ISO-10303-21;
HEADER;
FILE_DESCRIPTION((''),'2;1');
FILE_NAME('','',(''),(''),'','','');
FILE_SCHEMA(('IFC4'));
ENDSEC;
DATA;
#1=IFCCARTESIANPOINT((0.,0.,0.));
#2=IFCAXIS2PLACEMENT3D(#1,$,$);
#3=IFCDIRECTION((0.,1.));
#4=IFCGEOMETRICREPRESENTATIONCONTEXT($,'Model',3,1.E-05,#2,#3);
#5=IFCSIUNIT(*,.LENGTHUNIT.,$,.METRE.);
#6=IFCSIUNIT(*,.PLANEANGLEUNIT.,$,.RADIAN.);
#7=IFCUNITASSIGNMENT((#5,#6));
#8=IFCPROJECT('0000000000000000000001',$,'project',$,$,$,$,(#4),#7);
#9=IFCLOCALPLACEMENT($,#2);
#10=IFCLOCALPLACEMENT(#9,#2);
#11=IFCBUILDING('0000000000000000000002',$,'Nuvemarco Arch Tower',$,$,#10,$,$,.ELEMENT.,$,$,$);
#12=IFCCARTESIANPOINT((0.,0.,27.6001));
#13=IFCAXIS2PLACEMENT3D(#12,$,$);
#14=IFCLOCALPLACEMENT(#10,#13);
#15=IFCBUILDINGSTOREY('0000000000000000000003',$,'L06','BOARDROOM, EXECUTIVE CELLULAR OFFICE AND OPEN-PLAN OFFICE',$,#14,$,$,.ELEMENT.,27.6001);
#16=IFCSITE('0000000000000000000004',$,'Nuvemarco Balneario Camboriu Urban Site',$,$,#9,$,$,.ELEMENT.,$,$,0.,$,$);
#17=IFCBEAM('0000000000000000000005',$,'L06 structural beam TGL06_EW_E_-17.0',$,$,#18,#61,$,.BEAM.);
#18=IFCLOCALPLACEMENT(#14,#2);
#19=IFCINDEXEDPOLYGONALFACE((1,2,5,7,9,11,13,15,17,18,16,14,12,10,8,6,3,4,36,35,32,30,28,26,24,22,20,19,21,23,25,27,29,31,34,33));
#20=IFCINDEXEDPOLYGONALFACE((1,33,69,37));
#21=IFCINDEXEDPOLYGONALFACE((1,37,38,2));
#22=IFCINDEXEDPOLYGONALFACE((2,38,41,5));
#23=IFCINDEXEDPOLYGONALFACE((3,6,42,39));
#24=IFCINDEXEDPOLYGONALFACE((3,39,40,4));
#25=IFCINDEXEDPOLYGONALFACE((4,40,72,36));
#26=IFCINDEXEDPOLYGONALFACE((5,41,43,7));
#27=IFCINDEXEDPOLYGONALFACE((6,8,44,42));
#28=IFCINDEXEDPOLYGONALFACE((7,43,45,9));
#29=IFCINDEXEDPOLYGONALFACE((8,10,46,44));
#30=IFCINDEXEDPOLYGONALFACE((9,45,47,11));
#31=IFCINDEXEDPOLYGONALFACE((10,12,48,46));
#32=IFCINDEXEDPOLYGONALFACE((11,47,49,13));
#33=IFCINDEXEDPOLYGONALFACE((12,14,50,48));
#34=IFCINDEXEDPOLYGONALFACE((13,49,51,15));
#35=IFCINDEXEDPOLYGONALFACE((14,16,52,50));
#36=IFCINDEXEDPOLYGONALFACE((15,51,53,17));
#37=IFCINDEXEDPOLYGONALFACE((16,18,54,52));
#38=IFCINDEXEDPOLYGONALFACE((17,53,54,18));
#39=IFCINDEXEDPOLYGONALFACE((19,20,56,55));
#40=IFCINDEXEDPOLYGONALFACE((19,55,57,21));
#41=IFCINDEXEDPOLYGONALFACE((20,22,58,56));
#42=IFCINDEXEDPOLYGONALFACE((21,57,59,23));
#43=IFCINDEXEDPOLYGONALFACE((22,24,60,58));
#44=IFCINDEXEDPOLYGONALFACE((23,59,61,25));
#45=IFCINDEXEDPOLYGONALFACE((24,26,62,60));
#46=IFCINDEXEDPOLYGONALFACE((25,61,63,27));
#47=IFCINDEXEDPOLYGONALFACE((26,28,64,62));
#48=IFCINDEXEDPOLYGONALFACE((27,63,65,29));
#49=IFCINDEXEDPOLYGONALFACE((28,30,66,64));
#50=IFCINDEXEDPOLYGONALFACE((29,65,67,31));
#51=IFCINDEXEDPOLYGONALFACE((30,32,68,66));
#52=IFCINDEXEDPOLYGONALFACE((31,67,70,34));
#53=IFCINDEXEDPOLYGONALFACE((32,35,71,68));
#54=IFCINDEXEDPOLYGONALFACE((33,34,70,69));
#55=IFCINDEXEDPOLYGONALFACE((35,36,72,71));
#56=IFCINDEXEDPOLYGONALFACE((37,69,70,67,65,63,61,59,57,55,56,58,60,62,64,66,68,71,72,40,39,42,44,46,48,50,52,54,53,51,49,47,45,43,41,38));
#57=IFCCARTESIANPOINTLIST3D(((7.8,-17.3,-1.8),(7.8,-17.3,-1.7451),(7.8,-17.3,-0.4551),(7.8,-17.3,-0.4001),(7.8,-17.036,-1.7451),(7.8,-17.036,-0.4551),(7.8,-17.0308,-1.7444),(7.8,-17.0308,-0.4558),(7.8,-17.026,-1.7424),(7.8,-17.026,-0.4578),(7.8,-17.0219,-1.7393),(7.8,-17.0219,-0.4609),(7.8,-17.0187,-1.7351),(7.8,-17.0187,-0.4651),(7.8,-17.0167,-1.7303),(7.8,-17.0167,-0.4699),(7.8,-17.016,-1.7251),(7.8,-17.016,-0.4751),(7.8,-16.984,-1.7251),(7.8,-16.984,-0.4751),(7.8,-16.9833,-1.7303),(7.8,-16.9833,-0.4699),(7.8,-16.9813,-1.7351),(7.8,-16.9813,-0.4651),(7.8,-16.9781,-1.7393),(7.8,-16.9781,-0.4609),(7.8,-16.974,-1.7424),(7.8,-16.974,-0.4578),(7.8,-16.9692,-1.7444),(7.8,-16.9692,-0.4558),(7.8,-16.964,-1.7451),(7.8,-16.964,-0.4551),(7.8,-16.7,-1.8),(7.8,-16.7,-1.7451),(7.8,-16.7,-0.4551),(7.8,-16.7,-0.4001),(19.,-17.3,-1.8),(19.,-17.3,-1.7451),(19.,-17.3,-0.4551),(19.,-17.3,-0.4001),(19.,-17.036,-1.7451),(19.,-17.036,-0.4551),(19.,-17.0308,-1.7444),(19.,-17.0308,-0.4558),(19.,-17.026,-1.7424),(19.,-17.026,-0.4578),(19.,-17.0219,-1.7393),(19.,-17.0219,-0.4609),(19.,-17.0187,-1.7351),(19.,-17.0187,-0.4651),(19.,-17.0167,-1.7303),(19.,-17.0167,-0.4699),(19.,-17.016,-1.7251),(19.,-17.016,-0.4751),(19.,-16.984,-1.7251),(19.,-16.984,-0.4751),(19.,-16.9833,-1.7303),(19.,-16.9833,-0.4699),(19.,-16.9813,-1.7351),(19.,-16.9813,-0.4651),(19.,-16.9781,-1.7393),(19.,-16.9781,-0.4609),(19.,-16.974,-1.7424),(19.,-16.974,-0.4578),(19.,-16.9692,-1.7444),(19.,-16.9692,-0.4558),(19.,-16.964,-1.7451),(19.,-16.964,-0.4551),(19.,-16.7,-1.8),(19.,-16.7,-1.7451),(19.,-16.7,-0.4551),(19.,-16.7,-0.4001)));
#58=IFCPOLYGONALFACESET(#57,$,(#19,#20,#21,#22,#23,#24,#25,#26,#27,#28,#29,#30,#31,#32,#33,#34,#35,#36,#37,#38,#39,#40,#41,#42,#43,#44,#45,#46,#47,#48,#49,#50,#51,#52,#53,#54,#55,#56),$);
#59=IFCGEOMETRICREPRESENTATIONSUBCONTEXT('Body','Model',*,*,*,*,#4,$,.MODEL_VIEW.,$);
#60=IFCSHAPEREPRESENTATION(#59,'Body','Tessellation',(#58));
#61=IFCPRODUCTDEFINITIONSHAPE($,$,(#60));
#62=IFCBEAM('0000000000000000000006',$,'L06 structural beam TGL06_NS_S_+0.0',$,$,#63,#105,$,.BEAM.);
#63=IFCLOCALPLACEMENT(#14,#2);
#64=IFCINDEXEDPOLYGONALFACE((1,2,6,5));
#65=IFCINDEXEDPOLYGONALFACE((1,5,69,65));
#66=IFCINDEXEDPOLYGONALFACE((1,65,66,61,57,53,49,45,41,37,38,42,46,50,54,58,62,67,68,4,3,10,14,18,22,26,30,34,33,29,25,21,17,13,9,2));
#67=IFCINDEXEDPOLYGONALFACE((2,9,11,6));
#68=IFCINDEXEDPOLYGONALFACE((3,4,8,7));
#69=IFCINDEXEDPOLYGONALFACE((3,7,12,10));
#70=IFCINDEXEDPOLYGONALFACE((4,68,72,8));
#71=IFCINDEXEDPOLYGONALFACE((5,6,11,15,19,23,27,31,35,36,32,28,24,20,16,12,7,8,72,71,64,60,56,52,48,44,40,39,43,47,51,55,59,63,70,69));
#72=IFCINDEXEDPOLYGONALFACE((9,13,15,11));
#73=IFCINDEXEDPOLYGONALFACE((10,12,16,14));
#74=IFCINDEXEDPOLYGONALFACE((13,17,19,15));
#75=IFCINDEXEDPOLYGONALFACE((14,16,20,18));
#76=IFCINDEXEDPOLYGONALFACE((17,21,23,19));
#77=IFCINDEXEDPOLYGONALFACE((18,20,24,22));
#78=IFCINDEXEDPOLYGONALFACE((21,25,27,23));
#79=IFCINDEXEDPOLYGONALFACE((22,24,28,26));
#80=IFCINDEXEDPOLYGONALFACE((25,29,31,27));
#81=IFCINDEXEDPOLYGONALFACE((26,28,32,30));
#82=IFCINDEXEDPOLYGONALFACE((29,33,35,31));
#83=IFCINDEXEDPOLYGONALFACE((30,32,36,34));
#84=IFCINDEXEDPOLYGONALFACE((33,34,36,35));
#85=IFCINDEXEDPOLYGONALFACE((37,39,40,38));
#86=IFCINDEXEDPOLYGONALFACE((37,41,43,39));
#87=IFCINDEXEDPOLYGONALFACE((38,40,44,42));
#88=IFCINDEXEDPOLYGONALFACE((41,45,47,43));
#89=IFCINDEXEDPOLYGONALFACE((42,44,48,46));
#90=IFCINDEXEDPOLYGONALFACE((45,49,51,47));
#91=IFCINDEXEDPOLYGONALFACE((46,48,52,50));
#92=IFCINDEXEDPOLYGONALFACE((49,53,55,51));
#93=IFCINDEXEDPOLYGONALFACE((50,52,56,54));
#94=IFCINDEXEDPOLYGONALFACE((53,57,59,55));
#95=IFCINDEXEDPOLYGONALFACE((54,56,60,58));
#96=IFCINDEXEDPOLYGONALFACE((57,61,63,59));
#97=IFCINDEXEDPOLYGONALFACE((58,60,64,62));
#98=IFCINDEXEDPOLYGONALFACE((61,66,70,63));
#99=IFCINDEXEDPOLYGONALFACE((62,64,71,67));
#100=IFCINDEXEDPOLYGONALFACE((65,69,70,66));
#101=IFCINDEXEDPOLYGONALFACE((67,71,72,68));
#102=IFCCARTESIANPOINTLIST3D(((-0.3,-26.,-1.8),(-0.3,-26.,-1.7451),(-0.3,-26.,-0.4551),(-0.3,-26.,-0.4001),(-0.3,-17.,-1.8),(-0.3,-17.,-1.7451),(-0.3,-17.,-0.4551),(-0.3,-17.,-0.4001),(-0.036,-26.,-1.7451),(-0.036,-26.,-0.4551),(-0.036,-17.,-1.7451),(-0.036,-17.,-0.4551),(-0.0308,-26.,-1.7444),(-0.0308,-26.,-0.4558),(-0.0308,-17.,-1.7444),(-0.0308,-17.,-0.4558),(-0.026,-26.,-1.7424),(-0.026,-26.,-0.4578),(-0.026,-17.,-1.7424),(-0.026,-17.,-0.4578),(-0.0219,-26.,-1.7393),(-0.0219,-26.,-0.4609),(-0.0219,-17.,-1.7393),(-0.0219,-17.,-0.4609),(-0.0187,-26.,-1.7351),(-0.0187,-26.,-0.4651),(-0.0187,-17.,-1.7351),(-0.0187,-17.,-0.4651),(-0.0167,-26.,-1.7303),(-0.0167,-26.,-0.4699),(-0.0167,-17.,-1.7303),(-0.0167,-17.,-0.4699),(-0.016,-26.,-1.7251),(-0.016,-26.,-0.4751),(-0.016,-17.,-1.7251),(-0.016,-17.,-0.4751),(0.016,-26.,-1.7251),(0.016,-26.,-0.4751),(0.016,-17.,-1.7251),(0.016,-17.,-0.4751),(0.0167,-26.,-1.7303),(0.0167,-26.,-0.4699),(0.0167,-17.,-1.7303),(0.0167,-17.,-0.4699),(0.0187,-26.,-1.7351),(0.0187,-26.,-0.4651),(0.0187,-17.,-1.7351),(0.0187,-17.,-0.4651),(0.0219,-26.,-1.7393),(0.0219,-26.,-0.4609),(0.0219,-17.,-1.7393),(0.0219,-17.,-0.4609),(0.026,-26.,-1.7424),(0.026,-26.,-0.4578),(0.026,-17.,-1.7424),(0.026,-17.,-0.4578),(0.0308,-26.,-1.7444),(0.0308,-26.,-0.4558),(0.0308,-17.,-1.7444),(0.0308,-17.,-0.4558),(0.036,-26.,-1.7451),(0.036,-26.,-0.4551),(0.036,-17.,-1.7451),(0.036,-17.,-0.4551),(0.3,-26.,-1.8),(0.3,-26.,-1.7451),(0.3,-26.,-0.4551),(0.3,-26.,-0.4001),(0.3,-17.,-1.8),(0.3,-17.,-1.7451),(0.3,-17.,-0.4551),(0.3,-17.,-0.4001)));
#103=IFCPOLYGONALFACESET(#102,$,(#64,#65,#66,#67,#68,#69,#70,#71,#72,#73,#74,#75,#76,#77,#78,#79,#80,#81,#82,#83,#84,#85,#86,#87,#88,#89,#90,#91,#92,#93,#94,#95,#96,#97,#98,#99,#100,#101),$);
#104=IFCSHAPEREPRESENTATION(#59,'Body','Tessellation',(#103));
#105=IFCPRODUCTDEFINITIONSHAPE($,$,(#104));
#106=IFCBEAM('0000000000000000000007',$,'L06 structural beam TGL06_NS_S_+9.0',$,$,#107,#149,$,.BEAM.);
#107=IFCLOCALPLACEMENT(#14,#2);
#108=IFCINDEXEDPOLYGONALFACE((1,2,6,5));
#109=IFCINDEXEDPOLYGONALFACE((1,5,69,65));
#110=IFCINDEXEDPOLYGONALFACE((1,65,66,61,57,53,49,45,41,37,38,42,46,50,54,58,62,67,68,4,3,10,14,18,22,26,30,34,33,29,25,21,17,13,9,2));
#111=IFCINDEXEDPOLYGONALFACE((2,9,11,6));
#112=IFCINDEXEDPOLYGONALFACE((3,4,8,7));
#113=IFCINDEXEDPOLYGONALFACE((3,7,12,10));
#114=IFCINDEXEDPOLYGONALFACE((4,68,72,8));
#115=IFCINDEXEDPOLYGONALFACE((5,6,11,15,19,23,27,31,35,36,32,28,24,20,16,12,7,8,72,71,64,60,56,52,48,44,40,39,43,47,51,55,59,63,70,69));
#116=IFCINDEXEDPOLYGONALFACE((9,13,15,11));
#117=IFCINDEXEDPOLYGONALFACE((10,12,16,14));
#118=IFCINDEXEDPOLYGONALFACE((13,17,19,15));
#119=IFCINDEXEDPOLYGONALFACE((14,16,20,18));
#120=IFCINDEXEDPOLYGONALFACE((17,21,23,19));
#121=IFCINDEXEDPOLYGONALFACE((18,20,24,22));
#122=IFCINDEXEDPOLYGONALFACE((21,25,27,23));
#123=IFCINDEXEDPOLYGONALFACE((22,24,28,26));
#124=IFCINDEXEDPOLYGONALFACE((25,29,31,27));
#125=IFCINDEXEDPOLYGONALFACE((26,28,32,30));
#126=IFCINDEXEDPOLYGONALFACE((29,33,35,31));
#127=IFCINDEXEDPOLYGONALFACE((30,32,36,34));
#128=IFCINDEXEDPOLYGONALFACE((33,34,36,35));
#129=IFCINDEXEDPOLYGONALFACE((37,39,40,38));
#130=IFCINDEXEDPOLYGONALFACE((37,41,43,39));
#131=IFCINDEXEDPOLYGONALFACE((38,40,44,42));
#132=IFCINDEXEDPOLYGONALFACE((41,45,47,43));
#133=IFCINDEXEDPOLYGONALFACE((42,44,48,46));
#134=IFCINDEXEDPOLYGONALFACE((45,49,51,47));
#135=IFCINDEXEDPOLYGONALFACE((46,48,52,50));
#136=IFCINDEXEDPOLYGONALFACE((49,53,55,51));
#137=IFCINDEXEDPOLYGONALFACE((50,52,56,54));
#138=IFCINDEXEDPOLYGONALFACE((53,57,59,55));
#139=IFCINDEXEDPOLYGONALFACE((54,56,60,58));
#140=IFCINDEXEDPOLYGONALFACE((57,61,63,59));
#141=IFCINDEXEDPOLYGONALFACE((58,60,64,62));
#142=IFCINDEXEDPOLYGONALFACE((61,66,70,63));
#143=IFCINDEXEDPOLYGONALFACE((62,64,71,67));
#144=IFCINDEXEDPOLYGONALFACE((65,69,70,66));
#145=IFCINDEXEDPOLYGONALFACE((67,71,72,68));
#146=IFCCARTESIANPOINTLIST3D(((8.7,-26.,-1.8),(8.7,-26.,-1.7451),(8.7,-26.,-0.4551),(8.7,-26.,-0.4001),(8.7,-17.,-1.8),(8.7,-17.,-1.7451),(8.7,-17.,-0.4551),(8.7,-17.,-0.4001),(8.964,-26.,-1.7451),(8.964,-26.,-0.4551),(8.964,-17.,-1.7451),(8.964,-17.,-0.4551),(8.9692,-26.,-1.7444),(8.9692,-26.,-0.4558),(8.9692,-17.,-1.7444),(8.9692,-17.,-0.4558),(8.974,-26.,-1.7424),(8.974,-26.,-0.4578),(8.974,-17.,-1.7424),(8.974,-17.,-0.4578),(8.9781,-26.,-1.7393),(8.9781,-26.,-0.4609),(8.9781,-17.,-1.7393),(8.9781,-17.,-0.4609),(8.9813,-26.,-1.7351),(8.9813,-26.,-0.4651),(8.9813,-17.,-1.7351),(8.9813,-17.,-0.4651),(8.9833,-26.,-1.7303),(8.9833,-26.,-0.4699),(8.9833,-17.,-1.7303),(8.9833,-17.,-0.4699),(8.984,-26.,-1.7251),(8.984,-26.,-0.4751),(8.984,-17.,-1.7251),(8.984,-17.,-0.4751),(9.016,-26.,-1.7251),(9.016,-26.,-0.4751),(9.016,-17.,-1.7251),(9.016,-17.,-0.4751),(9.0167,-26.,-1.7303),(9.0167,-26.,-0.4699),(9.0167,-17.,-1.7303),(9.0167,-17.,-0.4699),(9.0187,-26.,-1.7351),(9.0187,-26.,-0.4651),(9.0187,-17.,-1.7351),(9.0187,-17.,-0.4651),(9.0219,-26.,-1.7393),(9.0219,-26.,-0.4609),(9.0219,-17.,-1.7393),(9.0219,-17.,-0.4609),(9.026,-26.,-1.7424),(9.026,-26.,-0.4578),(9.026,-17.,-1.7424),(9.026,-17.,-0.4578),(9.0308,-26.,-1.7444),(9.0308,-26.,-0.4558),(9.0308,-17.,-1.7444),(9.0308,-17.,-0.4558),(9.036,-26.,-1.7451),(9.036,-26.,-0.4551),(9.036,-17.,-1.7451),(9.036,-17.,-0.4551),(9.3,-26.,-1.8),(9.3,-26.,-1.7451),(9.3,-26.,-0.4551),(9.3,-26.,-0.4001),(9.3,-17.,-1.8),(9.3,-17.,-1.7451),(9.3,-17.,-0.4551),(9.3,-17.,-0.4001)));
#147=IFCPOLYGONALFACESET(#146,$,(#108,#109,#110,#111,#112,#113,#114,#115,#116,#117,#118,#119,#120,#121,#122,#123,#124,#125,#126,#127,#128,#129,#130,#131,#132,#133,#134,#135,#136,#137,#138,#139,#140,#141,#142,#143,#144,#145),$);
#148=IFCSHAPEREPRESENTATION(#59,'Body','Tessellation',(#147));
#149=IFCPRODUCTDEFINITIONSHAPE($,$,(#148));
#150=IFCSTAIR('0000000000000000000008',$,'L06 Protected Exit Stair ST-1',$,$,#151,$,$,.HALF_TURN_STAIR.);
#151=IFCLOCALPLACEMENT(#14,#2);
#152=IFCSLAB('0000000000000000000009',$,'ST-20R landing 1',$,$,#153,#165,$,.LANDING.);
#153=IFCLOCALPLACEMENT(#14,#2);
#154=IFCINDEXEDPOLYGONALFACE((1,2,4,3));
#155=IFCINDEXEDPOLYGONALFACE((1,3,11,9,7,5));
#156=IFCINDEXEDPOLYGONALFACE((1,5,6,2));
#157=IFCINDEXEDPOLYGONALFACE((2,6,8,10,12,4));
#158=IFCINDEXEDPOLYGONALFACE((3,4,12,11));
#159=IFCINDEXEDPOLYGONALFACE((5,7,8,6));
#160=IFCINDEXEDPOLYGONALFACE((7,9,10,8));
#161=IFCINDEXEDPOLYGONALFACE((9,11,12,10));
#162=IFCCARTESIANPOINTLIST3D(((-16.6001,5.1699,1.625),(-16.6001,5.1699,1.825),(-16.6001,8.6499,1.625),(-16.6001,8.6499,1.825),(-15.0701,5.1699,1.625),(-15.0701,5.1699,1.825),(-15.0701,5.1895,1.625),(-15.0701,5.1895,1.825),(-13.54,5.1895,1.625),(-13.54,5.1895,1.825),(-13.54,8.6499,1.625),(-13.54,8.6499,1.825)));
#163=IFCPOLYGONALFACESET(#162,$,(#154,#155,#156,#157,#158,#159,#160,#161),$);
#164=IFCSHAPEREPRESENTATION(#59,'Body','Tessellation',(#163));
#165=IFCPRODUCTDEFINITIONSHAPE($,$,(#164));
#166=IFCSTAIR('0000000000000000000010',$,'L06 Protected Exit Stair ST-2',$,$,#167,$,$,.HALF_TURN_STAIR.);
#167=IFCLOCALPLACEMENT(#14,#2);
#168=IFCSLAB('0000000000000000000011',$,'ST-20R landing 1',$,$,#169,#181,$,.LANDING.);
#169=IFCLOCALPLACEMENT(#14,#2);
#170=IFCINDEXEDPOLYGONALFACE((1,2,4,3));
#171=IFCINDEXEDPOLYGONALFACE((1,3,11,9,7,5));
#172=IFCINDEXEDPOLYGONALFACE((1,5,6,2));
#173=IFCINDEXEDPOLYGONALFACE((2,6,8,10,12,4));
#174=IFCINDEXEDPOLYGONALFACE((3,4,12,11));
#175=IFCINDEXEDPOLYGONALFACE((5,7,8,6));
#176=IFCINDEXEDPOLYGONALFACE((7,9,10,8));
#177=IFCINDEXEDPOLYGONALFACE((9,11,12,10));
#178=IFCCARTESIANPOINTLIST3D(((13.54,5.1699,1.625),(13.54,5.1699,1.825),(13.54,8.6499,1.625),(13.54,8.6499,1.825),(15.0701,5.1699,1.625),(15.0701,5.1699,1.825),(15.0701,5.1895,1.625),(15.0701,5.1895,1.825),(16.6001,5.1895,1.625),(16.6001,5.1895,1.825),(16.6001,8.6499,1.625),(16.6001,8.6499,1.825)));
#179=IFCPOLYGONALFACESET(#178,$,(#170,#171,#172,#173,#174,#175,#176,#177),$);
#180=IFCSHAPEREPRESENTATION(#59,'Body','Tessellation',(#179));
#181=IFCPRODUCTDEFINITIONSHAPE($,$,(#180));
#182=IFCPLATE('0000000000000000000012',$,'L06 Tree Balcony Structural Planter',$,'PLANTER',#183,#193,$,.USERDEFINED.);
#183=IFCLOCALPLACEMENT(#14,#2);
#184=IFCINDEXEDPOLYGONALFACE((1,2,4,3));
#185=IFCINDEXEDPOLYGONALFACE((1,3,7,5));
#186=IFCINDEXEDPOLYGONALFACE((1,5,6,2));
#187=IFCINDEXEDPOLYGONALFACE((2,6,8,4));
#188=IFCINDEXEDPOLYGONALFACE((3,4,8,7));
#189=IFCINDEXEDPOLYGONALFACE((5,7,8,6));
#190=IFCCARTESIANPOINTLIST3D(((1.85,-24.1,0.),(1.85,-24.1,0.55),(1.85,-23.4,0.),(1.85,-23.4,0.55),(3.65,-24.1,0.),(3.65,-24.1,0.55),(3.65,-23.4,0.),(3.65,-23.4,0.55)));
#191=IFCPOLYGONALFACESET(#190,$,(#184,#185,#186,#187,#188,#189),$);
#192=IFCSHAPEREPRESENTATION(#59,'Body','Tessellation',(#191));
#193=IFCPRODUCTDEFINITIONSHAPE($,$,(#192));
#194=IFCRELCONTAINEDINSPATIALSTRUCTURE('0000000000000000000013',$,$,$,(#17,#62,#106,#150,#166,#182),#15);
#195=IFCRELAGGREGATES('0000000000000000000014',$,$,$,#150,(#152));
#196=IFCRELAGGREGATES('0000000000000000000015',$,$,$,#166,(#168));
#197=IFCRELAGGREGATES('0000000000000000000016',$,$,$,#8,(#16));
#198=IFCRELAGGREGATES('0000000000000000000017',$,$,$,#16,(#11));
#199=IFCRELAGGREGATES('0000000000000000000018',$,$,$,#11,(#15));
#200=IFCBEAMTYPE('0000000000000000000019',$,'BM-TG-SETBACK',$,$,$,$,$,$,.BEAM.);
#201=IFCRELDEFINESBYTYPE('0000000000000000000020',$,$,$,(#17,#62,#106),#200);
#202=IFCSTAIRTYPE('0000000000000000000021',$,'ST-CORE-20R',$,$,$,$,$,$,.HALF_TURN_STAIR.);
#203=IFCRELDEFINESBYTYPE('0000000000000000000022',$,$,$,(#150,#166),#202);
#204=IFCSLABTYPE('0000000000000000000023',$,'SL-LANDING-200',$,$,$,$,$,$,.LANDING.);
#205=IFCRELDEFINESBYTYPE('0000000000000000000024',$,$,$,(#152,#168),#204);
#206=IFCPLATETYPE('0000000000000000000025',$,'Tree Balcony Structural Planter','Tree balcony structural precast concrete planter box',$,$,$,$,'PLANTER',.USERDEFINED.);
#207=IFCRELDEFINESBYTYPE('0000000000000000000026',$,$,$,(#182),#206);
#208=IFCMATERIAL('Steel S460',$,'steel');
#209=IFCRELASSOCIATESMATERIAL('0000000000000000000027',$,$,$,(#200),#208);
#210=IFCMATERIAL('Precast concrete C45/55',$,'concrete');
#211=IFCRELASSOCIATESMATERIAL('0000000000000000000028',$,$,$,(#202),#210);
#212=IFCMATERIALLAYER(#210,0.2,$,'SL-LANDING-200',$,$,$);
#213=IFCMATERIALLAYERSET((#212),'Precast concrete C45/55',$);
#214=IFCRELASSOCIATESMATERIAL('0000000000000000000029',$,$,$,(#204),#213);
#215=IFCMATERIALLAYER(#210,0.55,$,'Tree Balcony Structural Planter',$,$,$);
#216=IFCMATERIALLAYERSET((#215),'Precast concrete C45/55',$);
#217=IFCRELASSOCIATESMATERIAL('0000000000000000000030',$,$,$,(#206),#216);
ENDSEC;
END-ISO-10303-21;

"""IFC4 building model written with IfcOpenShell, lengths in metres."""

from ifc_helpers import new_model, si_unit, direction, frame, origin, origin_2d, place, context, subcontext, project, spatial, polyline, rectangle, i_section, outline, extrude, source, transform, mapped, material, layer, layer_set, material_profile, profile_set, type_object, type_shapes, element, aggregate, save


model = new_model("IFC4")

# Units and contexts
model_context = context("Model", 3, precision=1e-05, world=origin(), true_north=direction((0.0, 1.0)))
body_context = subcontext(model_context, "Body", "Model", "MODEL_VIEW")
ifc_project = project(units=[si_unit("LENGTHUNIT", "METRE"), si_unit("PLANEANGLEUNIT", "RADIAN")], contexts=[model_context])

# Site, building, storey
site_placement = place(None, origin())
site = spatial("IfcSite", under=ifc_project, at=site_placement, Name="Nuvemarco Balneario Camboriu Urban Site", CompositionType="ELEMENT", RefElevation=0.0)
building_placement = place(site_placement, origin())
building = spatial("IfcBuilding", under=site, at=building_placement, Name="Nuvemarco Arch Tower", CompositionType="ELEMENT")
storey_placement = place(building_placement, frame((0.0, 0.0, 27.6001)))
storey = spatial("IfcBuildingStorey", under=building, at=storey_placement, Name="L06", Description="BOARDROOM, EXECUTIVE CELLULAR OFFICE AND OPEN-PLAN OFFICE", CompositionType="ELEMENT", Elevation=27.6001)

# Shared definitions
ifc_material_1 = material(Name="Steel S460", Category="steel")

# Beams
ifc_material_2 = material(Name="Precast concrete C45/55", Category="concrete")
ifc_material_profile_1 = material_profile(ifc_material_1, i_section(OverallWidth=0.6001, OverallDepth=1.3999, WebThickness=0.032, FlangeThickness=0.0549, FilletRadius=0.02, at=origin_2d()), Name="PG1400x600")
ifc_profile_set_1 = profile_set([ifc_material_profile_1], Name="Steel S460")
beam_type_1 = type_object("IfcBeamType", Name="BM-TG-SETBACK", PredefinedType="BEAM", material=ifc_profile_set_1)
for number, where, z_axis, x_axis, name in (
    (1, (7.8, -17.0, -1.1001), (1.0, 0.0, 0.0), (0.0, 1.0, 0.0), "L06 structural beam TGL06_EW_E_-17.0"),
):
    element("IfcBeam", number, at=place(storey_placement, frame(where, z_axis=z_axis, x_axis=x_axis)), inside=storey, type_object=beam_type_1, Name=name, PredefinedType="BEAM", context=body_context, shape_type="SweptSolid", body=[
        extrude(i_section(OverallWidth=0.6001, OverallDepth=1.3999, WebThickness=0.032, FlangeThickness=0.0549, FilletRadius=0.02, at=origin_2d()), origin(), (0.0, 0.0, 1.0), 11.2),
    ])
for number, where, z_axis, x_axis, name in (
    (2, (0.0, -26.0, -1.1001), (0.0, 1.0, 0.0), (-1.0, 0.0, 0.0), "L06 structural beam TGL06_NS_S_+0.0"),
    (3, (9.0, -26.0, -1.1001), (0.0, 1.0, 0.0), (-1.0, 0.0, 0.0), "L06 structural beam TGL06_NS_S_+9.0"),
):
    element("IfcBeam", number, at=place(storey_placement, frame(where, z_axis=z_axis, x_axis=x_axis)), inside=storey, type_object=beam_type_1, Name=name, PredefinedType="BEAM", context=body_context, shape_type="SweptSolid", body=[
        extrude(i_section(OverallWidth=0.6001, OverallDepth=1.3999, WebThickness=0.032, FlangeThickness=0.0549, FilletRadius=0.02, at=origin_2d()), origin(), (0.0, 0.0, 1.0), 9.0),
    ])

# Stairs, slabs
stair_type = type_object("IfcStairType", Name="ST-CORE-20R", PredefinedType="HALF_TURN_STAIR", material=ifc_material_2)
stair_1_placement = place(storey_placement, origin())
stair_1 = element("IfcStair", 4, at=stair_1_placement, inside=storey, type_object=stair_type, Name="L06 Protected Exit Stair ST-1", PredefinedType="HALF_TURN_STAIR")
ifc_layer_1 = layer(ifc_material_2, 0.2, Name="SL-LANDING-200")
ifc_layer_set_1 = layer_set([ifc_layer_1], Name="Precast concrete C45/55")
slab_type = type_object("IfcSlabType", Name="SL-LANDING-200", PredefinedType="LANDING", material=ifc_layer_set_1)
slab_1_placement = place(storey_placement, frame((0.0, 0.0, 1.625)))
slab_1 = element("IfcSlab", 5, at=slab_1_placement, type_object=slab_type, Name="ST-20R landing 1", PredefinedType="LANDING", context=body_context, shape_type="SweptSolid", body=[
    extrude(outline(polyline([(-13.54, 5.1895), (-13.54, 8.6499), (-16.6001, 8.6499), (-16.6001, 5.1699), (-15.0701, 5.1699), (-15.0701, 5.1895), (-13.54, 5.1895)])), origin(), (0.0, 0.0, 1.0), 0.2),
])
aggregate(stair_1, [slab_1])
stair_2_placement = place(storey_placement, origin())
stair_2 = element("IfcStair", 6, at=stair_2_placement, inside=storey, type_object=stair_type, Name="L06 Protected Exit Stair ST-2", PredefinedType="HALF_TURN_STAIR")
slab_2_placement = place(storey_placement, frame((0.0, 0.0, 1.625)))
slab_2 = element("IfcSlab", 7, at=slab_2_placement, type_object=slab_type, Name="ST-20R landing 1", PredefinedType="LANDING", context=body_context, shape_type="SweptSolid", body=[
    extrude(outline(polyline([(16.6001, 5.1895), (16.6001, 8.6499), (13.54, 8.6499), (13.54, 5.1699), (15.0701, 5.1699), (15.0701, 5.1895), (16.6001, 5.1895)])), origin(), (0.0, 0.0, 1.0), 0.2),
])
aggregate(stair_2, [slab_2])

# Plate
ifc_layer_2 = layer(ifc_material_2, 0.55, Name="Tree Balcony Structural Planter")
ifc_layer_set_2 = layer_set([ifc_layer_2], Name="Precast concrete C45/55")
plate_type = type_object("IfcPlateType", Name="Tree Balcony Structural Planter", Description="Tree balcony structural precast concrete planter box", ElementType="PLANTER", PredefinedType="USERDEFINED", material=ifc_layer_set_2)
shared_shape = source(origin(), body_context, "Body", "SweptSolid", [
    extrude(rectangle(XDim=1.8, YDim=0.7, at=origin_2d()), origin(), (0.0, 0.0, 1.0), 0.55),
])
type_shapes(plate_type, [shared_shape])
plate_placement = place(storey_placement, frame((2.75, -23.75, 0.0), z_axis=(0.0, 0.0, 1.0), x_axis=(1.0, 0.0, 0.0)))
element("IfcPlate", 8, at=plate_placement, inside=storey, type_object=plate_type, Name="L06 Tree Balcony Structural Planter", ObjectType="PLANTER", PredefinedType="USERDEFINED", context=body_context, shape_type="MappedRepresentation", body=[
    mapped(shared_shape, transform((0.0, 0.0, 0.0), scale=1.0)),
])

save(model, "model.ifc")
